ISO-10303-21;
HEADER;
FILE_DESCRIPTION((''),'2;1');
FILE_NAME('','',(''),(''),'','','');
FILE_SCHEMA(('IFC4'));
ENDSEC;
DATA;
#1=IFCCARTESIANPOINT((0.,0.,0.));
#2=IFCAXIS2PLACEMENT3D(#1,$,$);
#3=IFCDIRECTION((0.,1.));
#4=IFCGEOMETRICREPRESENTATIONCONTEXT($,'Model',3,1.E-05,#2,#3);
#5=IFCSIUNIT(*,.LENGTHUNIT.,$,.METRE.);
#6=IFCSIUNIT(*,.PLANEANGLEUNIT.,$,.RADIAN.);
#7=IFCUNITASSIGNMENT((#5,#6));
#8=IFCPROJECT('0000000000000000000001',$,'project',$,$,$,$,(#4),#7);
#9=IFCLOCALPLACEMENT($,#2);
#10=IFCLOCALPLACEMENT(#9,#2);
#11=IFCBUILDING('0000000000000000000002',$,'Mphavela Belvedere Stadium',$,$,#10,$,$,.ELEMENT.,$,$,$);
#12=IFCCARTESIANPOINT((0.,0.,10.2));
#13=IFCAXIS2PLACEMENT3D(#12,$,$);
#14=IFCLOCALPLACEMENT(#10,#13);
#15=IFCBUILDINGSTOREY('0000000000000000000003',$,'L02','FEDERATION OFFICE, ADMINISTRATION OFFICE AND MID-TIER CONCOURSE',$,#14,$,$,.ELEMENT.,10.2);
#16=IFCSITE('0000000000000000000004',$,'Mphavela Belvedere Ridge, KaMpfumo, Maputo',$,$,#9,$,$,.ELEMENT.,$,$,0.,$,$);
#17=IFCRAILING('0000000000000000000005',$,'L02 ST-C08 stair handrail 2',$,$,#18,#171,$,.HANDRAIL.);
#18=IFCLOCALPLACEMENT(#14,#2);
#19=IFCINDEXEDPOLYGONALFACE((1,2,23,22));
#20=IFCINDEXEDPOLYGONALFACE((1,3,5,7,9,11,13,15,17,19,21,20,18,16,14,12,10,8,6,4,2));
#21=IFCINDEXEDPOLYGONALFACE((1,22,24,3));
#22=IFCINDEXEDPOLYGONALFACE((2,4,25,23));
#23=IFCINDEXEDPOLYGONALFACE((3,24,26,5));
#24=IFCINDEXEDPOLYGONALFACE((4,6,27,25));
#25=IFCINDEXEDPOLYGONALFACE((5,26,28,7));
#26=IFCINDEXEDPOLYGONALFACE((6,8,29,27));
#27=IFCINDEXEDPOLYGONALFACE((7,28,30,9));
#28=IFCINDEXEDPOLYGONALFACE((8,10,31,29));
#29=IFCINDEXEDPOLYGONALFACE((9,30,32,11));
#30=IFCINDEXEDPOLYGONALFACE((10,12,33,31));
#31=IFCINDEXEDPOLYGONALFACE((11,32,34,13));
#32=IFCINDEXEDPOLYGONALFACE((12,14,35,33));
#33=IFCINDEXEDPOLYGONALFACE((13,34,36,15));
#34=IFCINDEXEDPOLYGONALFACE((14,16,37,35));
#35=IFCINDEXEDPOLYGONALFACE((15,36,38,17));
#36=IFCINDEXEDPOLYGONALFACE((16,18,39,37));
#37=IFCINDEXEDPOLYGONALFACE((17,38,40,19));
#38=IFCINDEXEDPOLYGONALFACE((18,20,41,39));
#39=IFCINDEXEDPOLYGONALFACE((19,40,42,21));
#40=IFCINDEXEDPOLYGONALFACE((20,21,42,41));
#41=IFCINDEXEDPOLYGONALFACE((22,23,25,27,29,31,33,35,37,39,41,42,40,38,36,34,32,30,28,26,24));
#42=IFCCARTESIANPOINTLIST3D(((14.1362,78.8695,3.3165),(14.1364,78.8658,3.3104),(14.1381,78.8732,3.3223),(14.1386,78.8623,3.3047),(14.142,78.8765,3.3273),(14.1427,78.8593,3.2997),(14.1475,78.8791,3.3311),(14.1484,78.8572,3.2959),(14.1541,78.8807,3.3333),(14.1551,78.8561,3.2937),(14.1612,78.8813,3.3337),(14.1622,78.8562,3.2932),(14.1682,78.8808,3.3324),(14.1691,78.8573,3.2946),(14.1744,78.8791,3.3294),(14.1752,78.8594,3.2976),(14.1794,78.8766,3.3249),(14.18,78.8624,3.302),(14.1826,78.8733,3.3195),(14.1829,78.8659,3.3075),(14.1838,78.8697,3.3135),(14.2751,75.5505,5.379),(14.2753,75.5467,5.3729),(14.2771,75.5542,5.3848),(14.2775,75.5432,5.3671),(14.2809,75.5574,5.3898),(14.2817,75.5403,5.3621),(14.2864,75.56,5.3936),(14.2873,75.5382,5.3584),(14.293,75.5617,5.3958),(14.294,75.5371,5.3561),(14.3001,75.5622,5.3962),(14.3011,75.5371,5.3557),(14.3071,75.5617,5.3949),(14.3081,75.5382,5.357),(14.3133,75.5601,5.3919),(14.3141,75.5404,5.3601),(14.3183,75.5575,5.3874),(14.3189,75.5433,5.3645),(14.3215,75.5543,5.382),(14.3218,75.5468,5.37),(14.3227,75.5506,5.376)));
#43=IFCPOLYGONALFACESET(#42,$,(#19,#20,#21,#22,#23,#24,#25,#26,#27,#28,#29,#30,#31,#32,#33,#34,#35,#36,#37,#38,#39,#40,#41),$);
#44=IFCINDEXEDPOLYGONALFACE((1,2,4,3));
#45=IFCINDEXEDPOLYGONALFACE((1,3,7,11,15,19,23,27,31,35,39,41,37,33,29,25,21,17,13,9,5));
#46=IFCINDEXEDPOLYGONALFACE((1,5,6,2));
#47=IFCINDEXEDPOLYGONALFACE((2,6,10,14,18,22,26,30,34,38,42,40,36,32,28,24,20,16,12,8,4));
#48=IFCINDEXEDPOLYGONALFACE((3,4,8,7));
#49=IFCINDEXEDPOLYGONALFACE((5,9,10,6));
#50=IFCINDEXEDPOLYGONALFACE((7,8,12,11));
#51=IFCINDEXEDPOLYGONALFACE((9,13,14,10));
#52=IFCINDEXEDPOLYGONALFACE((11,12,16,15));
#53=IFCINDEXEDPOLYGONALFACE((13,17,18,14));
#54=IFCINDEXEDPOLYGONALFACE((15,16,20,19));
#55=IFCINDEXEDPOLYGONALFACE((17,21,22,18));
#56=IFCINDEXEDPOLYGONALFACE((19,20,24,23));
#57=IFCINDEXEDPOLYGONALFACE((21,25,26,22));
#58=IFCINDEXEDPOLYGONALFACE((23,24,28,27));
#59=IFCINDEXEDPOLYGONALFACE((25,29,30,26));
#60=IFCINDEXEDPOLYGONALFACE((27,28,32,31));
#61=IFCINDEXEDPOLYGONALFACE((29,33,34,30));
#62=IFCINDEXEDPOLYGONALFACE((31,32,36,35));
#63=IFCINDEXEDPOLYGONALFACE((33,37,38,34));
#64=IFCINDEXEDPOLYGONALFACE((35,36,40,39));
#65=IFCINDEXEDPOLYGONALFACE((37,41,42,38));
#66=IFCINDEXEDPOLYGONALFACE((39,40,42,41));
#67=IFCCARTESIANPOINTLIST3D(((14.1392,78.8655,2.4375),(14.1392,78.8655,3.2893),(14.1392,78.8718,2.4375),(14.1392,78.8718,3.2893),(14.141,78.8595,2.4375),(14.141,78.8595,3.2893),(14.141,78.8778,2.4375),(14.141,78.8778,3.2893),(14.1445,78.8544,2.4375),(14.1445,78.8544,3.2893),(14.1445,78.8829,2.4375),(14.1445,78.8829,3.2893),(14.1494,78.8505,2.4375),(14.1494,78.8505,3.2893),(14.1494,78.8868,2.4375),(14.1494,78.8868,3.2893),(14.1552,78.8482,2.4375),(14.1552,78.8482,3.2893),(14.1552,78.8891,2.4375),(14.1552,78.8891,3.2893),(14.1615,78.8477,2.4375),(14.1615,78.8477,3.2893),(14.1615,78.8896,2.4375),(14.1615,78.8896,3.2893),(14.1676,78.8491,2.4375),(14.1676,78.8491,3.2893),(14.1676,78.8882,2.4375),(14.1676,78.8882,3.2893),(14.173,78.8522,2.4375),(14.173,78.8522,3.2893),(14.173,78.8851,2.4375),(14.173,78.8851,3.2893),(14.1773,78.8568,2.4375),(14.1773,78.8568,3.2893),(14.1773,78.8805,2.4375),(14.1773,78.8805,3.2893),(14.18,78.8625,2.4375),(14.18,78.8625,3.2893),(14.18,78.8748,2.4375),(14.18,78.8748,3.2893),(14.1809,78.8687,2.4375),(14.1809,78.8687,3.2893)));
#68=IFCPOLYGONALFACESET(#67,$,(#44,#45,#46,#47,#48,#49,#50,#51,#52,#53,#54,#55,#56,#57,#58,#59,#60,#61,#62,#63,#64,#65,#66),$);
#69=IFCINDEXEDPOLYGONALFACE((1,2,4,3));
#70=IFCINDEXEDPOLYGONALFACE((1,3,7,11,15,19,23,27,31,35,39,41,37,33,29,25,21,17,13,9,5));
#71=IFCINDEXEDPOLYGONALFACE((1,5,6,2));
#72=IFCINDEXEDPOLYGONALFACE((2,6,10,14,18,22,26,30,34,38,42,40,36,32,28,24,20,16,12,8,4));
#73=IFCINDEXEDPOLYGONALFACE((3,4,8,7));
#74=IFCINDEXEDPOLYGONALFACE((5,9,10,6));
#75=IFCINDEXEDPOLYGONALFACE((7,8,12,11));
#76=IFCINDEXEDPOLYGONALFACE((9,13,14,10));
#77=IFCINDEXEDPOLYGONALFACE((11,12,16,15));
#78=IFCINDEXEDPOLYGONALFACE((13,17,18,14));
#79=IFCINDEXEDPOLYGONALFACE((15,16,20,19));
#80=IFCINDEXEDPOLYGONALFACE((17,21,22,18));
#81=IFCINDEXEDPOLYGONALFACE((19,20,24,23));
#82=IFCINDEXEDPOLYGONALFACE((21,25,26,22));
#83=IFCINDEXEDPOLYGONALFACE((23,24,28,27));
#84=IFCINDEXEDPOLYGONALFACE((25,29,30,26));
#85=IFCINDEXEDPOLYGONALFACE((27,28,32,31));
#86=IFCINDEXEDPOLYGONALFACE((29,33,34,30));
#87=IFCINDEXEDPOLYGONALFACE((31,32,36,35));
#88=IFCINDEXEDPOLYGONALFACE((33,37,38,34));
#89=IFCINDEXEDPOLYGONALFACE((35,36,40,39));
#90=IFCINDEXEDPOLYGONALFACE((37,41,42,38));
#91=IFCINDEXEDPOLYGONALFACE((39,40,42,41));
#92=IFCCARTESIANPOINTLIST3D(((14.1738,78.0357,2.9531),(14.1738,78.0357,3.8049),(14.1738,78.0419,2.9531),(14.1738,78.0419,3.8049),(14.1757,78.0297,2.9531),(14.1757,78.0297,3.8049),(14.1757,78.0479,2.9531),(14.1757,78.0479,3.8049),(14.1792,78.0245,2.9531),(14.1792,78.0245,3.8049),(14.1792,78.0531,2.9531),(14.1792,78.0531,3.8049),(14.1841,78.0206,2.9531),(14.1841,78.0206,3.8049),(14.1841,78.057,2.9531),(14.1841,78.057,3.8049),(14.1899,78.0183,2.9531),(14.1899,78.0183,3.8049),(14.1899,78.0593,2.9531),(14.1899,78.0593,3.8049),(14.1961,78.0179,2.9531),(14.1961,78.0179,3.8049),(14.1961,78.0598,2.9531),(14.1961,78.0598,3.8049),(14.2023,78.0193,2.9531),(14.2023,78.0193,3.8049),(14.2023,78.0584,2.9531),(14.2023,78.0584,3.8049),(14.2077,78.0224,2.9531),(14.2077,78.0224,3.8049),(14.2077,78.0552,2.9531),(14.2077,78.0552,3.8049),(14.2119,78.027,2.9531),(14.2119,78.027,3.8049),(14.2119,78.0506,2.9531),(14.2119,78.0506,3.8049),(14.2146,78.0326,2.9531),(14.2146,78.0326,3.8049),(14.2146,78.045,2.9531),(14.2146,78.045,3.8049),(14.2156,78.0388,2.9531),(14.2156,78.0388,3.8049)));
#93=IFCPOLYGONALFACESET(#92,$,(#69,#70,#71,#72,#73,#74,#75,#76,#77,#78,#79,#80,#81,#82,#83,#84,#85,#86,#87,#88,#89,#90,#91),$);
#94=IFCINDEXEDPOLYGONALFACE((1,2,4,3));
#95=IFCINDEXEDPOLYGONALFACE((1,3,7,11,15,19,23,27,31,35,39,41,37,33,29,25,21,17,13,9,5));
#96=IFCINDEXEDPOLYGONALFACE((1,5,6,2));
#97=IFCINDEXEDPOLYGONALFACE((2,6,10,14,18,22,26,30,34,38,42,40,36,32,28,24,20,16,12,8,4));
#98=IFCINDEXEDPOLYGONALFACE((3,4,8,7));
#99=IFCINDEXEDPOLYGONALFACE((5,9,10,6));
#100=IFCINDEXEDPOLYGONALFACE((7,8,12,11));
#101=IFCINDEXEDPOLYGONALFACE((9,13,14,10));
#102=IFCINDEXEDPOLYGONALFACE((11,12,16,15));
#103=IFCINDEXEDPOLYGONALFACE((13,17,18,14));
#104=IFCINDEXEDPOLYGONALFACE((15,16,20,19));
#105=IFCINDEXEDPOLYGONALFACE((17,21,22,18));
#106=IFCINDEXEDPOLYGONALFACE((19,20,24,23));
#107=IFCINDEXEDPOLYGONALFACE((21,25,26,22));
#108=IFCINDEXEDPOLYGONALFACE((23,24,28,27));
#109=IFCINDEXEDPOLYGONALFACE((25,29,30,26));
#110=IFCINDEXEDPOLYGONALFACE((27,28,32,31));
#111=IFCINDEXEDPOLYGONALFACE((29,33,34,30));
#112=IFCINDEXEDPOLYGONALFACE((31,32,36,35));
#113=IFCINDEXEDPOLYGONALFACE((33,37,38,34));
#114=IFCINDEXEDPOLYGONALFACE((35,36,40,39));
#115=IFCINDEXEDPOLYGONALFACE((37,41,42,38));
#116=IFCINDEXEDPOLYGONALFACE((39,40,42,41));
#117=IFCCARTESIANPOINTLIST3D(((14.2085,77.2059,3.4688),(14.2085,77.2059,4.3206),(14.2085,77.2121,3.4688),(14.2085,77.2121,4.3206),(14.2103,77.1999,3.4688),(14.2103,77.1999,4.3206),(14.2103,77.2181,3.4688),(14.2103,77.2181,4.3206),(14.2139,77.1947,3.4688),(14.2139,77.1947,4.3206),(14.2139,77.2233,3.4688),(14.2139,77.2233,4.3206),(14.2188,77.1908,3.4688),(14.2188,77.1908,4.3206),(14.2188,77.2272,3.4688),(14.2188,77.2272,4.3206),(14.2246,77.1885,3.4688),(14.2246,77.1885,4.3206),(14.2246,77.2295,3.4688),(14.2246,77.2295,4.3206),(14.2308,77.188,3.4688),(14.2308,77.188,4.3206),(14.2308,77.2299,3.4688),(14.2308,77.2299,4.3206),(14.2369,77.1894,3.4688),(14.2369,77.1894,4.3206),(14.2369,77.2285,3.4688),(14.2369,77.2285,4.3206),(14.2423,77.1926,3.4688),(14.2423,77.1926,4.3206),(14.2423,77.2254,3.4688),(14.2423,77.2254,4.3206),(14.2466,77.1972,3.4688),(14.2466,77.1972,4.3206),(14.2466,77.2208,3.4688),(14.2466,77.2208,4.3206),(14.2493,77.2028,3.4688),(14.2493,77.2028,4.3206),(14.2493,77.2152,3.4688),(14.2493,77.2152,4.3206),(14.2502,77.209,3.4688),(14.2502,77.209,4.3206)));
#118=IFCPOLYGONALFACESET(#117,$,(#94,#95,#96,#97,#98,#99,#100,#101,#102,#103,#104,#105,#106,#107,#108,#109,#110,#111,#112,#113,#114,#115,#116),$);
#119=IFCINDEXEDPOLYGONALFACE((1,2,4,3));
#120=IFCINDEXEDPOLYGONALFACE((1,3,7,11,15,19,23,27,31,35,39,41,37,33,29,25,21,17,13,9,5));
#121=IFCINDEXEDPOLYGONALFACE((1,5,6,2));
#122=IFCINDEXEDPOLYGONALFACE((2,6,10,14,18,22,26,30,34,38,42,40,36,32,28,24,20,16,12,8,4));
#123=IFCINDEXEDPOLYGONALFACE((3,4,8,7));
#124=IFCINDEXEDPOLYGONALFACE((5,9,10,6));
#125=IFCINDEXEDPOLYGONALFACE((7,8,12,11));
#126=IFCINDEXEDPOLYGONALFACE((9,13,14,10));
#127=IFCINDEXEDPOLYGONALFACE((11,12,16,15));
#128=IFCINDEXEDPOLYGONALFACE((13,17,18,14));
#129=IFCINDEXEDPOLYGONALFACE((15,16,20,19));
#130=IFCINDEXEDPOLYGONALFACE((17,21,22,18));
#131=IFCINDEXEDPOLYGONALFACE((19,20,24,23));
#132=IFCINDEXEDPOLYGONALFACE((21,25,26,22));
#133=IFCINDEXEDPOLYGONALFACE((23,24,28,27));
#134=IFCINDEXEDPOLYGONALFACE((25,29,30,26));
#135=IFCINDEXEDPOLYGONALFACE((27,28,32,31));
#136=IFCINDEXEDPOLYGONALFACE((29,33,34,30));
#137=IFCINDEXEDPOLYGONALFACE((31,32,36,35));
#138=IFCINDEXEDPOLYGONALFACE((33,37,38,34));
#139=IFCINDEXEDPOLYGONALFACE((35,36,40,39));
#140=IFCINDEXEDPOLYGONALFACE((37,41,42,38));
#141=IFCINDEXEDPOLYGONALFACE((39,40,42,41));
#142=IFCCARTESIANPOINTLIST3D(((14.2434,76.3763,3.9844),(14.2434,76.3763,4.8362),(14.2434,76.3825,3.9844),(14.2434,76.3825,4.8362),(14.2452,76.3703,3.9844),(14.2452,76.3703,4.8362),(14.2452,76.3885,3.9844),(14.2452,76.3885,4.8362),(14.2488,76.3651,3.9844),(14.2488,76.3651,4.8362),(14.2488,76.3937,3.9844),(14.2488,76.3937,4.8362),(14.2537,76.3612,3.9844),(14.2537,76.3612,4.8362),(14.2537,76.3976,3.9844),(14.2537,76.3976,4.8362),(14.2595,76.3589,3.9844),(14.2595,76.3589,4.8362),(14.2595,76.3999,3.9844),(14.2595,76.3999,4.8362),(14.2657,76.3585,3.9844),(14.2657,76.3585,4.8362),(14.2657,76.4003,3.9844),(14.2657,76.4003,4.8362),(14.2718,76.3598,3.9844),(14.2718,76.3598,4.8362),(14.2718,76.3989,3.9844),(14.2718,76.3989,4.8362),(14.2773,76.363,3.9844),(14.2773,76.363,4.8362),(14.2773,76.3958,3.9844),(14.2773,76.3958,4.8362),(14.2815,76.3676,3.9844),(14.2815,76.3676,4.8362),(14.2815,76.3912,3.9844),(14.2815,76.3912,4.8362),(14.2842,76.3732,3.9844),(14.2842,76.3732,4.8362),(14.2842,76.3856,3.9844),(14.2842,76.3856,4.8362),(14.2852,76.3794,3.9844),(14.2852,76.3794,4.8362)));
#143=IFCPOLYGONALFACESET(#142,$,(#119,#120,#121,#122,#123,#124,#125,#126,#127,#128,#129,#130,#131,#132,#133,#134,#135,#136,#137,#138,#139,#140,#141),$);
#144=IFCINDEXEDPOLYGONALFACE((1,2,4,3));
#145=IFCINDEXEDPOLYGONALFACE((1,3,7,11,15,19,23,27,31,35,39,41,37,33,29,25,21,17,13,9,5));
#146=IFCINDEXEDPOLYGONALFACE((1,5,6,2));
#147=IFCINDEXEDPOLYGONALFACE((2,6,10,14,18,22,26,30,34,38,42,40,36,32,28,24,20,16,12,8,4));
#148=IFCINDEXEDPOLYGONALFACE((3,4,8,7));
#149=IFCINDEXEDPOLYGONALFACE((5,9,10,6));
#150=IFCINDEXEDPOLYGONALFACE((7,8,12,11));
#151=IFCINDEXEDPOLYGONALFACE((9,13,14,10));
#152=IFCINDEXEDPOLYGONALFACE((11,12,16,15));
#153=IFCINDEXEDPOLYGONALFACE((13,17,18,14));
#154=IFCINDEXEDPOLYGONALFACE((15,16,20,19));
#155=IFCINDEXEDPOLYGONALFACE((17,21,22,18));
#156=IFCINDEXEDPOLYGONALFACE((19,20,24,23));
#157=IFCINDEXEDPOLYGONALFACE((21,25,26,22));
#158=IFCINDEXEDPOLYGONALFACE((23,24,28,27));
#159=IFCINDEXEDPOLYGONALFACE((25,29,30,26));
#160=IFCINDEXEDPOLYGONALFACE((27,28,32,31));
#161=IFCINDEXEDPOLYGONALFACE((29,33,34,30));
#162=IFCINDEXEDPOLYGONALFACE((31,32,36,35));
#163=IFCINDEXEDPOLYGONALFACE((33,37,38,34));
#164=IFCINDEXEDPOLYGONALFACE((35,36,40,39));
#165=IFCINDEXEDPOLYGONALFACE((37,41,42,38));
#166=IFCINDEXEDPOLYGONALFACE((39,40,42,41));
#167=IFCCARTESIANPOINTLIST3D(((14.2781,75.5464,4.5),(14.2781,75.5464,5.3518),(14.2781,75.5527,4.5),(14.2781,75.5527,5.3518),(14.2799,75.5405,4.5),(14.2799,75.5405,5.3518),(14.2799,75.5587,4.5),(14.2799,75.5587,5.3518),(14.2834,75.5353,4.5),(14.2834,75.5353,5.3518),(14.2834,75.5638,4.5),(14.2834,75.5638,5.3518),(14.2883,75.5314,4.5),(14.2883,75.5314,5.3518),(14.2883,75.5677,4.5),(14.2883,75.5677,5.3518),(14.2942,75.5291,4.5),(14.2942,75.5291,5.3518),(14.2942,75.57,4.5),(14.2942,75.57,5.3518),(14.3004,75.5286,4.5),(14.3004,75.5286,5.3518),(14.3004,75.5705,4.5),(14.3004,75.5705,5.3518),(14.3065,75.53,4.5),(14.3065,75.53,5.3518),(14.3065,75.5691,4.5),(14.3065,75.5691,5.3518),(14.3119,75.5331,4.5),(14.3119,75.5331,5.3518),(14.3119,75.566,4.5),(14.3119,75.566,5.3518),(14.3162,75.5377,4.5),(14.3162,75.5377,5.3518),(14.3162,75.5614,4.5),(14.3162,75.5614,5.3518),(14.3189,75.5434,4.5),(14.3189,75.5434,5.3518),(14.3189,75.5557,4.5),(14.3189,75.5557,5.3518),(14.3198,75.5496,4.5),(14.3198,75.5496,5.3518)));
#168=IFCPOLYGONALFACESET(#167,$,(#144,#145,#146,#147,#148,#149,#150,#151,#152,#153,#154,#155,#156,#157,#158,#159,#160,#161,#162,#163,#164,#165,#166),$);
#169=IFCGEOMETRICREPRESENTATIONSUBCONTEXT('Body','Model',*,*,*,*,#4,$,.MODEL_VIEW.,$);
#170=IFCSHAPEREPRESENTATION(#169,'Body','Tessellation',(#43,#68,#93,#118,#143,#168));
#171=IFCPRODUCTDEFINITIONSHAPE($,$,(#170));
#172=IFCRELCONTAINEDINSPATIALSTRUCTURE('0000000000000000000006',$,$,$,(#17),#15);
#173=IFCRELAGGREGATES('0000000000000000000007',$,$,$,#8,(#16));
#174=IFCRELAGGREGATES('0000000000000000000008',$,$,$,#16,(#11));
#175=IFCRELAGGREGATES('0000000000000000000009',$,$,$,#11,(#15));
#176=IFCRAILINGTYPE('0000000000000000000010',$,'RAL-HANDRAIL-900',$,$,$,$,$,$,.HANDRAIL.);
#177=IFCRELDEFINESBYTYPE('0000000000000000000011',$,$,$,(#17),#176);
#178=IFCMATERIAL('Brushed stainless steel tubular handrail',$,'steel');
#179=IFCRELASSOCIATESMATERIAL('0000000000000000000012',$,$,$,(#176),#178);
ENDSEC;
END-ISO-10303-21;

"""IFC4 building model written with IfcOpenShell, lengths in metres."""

from ifc_helpers import new_model, si_unit, direction, frame, origin, origin_2d, place, context, subcontext, project, spatial, circle, extrude, material, type_object, element, save


model = new_model("IFC4")

# Units and contexts
model_context = context("Model", 3, precision=1e-05, world=origin(), true_north=direction((0.0, 1.0)))
body_context = subcontext(model_context, "Body", "Model", "MODEL_VIEW")
ifc_project = project(units=[si_unit("LENGTHUNIT", "METRE"), si_unit("PLANEANGLEUNIT", "RADIAN")], contexts=[model_context])

# Site, building, storey
site_placement = place(None, origin())
site = spatial("IfcSite", under=ifc_project, at=site_placement, Name="Mphavela Belvedere Ridge, KaMpfumo, Maputo", CompositionType="ELEMENT", RefElevation=0.0)
building_placement = place(site_placement, origin())
building = spatial("IfcBuilding", under=site, at=building_placement, Name="Mphavela Belvedere Stadium", CompositionType="ELEMENT")
storey_placement = place(building_placement, frame((0.0, 0.0, 10.2)))
storey = spatial("IfcBuildingStorey", under=building, at=storey_placement, Name="L02", Description="FEDERATION OFFICE, ADMINISTRATION OFFICE AND MID-TIER CONCOURSE", CompositionType="ELEMENT", Elevation=10.2)

# Railing
ifc_material_1 = material(Name="Brushed stainless steel tubular handrail", Category="steel")
railing_type_1 = type_object("IfcRailingType", Name="RAL-HANDRAIL-900", PredefinedType="HANDRAIL", material=ifc_material_1)
railing_1_placement = place(storey_placement, frame((14.1599, 78.8687, 2.4375)))
element("IfcRailing", 1, at=railing_1_placement, inside=storey, type_object=railing_type_1, Name="L02 ST-C08 stair handrail 2", PredefinedType="HANDRAIL", context=body_context, shape_type="SweptSolid", body=[
    extrude(circle(Radius=0.0239, at=origin_2d()), frame((0.0, 0.0, 0.876), z_axis=(0.035527, -0.848832, 0.527468), x_axis=(0.999125, 0.041817, 0.0)), (0.0, 0.0, 1.0), 3.9102),
    extrude(circle(Radius=0.021, at=origin_2d()), origin(), (0.0, 0.0, 1.0), 0.8518),
    extrude(circle(Radius=0.021, at=origin_2d()), frame((0.0347, -0.8298, 0.5156)), (0.0, 0.0, 1.0), 0.8518),
    extrude(circle(Radius=0.021, at=origin_2d()), frame((0.0693, -1.6597, 1.0312)), (0.0, 0.0, 1.0), 0.8518),
    extrude(circle(Radius=0.021, at=origin_2d()), frame((0.1042, -2.4893, 1.5469)), (0.0, 0.0, 1.0), 0.8518),
    extrude(circle(Radius=0.021, at=origin_2d()), frame((0.1389, -3.3191, 2.0625)), (0.0, 0.0, 1.0), 0.8518),
])

save(model, "model.ifc")
